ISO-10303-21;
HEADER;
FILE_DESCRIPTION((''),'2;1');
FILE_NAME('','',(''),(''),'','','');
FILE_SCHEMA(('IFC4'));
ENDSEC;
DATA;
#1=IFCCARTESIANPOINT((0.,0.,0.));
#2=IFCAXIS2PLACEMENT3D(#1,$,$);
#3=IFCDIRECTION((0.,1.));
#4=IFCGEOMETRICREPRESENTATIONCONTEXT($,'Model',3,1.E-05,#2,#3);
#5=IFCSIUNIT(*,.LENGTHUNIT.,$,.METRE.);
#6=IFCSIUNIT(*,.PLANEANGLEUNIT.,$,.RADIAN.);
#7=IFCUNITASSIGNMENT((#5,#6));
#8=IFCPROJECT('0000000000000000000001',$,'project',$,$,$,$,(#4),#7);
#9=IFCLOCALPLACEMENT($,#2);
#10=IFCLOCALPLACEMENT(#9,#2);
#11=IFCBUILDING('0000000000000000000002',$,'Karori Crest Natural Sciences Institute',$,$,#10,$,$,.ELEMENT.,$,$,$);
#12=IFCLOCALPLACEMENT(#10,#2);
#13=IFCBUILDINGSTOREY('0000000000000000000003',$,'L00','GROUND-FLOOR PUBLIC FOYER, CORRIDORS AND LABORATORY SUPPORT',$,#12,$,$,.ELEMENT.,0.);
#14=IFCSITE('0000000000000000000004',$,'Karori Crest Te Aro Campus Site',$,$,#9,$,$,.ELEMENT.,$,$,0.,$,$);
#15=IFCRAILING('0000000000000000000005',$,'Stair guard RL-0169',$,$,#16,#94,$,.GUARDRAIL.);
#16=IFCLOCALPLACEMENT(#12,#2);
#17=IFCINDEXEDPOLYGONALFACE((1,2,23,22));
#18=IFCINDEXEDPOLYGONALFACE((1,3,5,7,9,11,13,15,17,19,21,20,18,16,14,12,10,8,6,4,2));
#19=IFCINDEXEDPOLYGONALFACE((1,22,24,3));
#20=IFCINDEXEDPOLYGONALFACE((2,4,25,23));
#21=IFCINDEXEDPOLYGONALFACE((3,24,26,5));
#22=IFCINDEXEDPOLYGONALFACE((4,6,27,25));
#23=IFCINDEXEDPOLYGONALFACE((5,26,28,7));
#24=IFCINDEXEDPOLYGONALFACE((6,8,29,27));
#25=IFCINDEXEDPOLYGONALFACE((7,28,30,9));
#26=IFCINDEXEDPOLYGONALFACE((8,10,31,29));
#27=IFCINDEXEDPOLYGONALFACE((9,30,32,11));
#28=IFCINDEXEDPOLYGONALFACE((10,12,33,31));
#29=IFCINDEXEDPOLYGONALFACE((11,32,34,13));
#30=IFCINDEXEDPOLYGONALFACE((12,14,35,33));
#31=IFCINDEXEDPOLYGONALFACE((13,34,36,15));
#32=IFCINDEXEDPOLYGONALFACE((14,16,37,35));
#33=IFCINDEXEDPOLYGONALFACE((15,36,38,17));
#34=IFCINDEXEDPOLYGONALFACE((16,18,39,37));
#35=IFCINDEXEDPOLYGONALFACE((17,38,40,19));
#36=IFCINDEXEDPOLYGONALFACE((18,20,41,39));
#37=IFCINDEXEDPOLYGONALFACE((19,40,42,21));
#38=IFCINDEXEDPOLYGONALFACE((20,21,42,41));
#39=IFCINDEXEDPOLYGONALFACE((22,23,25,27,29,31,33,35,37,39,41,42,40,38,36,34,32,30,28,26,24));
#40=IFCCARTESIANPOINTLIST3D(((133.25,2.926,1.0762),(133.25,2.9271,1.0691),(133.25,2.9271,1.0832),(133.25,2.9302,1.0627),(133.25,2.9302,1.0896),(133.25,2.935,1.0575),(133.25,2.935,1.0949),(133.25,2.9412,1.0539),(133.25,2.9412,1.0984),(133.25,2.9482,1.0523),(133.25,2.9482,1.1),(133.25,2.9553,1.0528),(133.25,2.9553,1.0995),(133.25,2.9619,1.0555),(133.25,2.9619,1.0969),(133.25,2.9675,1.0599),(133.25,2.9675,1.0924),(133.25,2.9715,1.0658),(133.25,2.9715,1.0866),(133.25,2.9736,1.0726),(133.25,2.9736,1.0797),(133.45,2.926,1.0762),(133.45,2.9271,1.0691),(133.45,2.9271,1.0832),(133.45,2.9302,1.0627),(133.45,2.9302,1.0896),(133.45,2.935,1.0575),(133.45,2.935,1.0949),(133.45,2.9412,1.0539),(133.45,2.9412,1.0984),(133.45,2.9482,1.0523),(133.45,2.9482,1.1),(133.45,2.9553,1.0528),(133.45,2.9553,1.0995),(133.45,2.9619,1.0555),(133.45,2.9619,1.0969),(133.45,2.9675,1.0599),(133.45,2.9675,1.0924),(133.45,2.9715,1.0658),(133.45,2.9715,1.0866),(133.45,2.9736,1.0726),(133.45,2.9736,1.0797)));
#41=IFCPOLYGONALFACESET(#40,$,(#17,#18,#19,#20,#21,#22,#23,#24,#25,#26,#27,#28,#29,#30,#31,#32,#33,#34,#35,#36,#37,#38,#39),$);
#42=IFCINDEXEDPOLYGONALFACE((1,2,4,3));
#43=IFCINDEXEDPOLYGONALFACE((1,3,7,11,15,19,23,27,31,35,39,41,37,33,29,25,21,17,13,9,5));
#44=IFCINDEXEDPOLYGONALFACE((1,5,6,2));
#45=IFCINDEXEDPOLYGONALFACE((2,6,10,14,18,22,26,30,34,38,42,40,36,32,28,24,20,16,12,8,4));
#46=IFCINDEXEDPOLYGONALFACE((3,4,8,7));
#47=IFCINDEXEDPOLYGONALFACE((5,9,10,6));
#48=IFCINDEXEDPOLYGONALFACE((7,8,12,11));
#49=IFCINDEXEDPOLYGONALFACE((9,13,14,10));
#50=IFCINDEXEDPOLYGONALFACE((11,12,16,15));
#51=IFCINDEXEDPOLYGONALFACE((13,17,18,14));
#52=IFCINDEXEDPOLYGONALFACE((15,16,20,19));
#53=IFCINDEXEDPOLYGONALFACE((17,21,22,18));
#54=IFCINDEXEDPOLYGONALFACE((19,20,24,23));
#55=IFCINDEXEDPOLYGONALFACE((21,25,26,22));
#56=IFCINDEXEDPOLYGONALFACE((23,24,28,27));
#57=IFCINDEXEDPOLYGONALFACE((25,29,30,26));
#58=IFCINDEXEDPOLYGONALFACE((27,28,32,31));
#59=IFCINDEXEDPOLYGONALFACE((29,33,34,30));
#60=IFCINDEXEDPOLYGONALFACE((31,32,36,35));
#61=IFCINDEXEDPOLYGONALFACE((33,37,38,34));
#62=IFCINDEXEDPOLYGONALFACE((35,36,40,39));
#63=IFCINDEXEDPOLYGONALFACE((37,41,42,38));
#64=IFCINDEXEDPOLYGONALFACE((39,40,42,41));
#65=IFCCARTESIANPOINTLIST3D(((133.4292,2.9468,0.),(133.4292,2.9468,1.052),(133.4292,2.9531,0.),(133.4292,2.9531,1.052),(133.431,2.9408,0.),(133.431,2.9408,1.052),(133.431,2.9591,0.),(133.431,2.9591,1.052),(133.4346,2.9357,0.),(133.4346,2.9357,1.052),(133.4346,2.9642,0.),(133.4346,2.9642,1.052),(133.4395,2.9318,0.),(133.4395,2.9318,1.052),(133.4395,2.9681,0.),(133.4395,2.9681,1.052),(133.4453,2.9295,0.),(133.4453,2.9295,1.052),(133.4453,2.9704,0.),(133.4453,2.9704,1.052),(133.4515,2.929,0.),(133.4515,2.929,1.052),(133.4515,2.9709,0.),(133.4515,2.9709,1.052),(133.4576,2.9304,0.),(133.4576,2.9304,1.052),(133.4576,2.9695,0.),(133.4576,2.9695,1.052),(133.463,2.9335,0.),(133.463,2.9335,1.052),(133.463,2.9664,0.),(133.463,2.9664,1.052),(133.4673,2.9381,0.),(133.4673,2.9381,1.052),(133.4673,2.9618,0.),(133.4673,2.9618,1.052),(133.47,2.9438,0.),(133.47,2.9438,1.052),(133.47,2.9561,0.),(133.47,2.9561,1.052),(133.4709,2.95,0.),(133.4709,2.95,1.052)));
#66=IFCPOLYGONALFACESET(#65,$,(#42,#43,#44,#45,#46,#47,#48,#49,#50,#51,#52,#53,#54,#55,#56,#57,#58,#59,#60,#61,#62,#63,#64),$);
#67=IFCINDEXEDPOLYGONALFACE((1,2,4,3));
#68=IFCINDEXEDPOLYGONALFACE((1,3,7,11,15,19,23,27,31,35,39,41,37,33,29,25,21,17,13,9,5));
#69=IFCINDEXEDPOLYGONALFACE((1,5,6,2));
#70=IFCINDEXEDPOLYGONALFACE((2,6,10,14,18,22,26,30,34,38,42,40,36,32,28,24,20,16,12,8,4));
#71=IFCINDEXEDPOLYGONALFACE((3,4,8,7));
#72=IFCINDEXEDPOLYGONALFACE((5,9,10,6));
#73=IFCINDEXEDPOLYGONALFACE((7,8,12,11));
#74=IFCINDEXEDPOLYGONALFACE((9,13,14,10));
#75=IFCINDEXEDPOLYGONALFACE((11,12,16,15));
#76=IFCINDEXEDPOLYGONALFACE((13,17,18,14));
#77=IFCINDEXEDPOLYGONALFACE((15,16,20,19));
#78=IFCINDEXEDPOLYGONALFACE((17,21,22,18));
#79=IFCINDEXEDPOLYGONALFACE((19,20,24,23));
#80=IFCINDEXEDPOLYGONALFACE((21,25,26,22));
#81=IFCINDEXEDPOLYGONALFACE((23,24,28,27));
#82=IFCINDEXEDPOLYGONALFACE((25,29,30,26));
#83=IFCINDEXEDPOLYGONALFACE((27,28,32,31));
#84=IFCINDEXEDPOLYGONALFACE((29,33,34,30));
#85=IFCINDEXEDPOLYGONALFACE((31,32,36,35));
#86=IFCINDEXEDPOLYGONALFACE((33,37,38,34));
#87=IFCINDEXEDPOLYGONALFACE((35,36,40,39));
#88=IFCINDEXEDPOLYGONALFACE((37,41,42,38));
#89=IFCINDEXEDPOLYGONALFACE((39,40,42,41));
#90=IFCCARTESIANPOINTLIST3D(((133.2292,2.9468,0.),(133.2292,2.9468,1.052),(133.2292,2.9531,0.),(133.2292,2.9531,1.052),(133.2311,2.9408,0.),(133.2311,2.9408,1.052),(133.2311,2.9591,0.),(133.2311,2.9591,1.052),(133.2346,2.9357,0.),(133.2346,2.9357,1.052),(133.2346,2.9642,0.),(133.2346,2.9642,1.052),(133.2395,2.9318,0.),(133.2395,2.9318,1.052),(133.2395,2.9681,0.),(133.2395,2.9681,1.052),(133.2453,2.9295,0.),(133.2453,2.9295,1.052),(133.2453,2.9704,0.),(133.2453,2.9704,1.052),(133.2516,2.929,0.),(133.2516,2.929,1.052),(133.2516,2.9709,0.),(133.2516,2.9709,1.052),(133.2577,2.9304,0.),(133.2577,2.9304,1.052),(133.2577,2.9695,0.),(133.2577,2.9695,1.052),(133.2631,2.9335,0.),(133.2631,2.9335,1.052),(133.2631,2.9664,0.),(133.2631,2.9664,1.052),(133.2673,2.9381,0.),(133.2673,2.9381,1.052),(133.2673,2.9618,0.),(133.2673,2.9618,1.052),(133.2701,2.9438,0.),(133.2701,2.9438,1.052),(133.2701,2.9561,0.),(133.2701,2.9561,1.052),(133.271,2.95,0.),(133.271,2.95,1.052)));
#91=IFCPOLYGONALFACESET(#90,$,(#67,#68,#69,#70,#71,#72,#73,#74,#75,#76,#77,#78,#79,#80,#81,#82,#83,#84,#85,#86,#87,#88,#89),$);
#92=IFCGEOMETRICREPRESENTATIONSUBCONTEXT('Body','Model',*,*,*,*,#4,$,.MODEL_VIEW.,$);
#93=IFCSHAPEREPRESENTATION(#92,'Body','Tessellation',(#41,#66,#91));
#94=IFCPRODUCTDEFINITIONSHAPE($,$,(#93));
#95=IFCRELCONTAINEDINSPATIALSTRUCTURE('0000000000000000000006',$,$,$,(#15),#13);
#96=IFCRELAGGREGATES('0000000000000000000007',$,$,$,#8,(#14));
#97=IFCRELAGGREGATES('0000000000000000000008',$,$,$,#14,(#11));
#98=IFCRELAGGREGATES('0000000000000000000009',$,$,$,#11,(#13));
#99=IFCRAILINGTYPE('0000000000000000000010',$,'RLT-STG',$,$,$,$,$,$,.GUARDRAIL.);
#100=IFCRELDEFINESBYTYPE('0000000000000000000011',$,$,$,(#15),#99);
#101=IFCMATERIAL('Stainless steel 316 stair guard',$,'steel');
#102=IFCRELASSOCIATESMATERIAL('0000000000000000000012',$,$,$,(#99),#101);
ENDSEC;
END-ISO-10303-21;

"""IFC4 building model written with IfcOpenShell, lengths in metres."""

from ifc_helpers import new_model, si_unit, direction, frame, origin, origin_2d, place, context, subcontext, project, spatial, circle, extrude, material, type_object, element, save


model = new_model("IFC4")

# Units and contexts
model_context = context("Model", 3, precision=1e-05, world=origin(), true_north=direction((0.0, 1.0)))
body_context = subcontext(model_context, "Body", "Model", "MODEL_VIEW")
ifc_project = project(units=[si_unit("LENGTHUNIT", "METRE"), si_unit("PLANEANGLEUNIT", "RADIAN")], contexts=[model_context])

# Site, building, storey
site_placement = place(None, origin())
site = spatial("IfcSite", under=ifc_project, at=site_placement, Name="Karori Crest Te Aro Campus Site", CompositionType="ELEMENT", RefElevation=0.0)
building_placement = place(site_placement, origin())
building = spatial("IfcBuilding", under=site, at=building_placement, Name="Karori Crest Natural Sciences Institute", CompositionType="ELEMENT")
storey_placement = place(building_placement, origin())
storey = spatial("IfcBuildingStorey", under=building, at=storey_placement, Name="L00", Description="GROUND-FLOOR PUBLIC FOYER, CORRIDORS AND LABORATORY SUPPORT", CompositionType="ELEMENT", Elevation=0.0)

# Railing
ifc_material_1 = material(Name="Stainless steel 316 stair guard", Category="steel")
railing_type_1 = type_object("IfcRailingType", Name="RLT-STG", PredefinedType="GUARDRAIL", material=ifc_material_1)
railing_1_placement = place(storey_placement, frame((133.45, 2.95, 0.0)))
element("IfcRailing", 1, at=railing_1_placement, inside=storey, type_object=railing_type_1, Name="Stair guard RL-0169", PredefinedType="GUARDRAIL", context=body_context, shape_type="SweptSolid", body=[
    extrude(circle(Radius=0.0239, at=origin_2d()), frame((0.0, 0.0, 1.0762), z_axis=(-1.0, 0.0, 0.0), x_axis=(0.0, -1.0, 0.0)), (0.0, 0.0, 1.0), 0.2),
    extrude(circle(Radius=0.021, at=origin_2d()), origin(), (0.0, 0.0, 1.0), 1.052),
    extrude(circle(Radius=0.021, at=origin_2d()), frame((-0.2, 0.0, 0.0)), (0.0, 0.0, 1.0), 1.052),
])

save(model, "model.ifc")
